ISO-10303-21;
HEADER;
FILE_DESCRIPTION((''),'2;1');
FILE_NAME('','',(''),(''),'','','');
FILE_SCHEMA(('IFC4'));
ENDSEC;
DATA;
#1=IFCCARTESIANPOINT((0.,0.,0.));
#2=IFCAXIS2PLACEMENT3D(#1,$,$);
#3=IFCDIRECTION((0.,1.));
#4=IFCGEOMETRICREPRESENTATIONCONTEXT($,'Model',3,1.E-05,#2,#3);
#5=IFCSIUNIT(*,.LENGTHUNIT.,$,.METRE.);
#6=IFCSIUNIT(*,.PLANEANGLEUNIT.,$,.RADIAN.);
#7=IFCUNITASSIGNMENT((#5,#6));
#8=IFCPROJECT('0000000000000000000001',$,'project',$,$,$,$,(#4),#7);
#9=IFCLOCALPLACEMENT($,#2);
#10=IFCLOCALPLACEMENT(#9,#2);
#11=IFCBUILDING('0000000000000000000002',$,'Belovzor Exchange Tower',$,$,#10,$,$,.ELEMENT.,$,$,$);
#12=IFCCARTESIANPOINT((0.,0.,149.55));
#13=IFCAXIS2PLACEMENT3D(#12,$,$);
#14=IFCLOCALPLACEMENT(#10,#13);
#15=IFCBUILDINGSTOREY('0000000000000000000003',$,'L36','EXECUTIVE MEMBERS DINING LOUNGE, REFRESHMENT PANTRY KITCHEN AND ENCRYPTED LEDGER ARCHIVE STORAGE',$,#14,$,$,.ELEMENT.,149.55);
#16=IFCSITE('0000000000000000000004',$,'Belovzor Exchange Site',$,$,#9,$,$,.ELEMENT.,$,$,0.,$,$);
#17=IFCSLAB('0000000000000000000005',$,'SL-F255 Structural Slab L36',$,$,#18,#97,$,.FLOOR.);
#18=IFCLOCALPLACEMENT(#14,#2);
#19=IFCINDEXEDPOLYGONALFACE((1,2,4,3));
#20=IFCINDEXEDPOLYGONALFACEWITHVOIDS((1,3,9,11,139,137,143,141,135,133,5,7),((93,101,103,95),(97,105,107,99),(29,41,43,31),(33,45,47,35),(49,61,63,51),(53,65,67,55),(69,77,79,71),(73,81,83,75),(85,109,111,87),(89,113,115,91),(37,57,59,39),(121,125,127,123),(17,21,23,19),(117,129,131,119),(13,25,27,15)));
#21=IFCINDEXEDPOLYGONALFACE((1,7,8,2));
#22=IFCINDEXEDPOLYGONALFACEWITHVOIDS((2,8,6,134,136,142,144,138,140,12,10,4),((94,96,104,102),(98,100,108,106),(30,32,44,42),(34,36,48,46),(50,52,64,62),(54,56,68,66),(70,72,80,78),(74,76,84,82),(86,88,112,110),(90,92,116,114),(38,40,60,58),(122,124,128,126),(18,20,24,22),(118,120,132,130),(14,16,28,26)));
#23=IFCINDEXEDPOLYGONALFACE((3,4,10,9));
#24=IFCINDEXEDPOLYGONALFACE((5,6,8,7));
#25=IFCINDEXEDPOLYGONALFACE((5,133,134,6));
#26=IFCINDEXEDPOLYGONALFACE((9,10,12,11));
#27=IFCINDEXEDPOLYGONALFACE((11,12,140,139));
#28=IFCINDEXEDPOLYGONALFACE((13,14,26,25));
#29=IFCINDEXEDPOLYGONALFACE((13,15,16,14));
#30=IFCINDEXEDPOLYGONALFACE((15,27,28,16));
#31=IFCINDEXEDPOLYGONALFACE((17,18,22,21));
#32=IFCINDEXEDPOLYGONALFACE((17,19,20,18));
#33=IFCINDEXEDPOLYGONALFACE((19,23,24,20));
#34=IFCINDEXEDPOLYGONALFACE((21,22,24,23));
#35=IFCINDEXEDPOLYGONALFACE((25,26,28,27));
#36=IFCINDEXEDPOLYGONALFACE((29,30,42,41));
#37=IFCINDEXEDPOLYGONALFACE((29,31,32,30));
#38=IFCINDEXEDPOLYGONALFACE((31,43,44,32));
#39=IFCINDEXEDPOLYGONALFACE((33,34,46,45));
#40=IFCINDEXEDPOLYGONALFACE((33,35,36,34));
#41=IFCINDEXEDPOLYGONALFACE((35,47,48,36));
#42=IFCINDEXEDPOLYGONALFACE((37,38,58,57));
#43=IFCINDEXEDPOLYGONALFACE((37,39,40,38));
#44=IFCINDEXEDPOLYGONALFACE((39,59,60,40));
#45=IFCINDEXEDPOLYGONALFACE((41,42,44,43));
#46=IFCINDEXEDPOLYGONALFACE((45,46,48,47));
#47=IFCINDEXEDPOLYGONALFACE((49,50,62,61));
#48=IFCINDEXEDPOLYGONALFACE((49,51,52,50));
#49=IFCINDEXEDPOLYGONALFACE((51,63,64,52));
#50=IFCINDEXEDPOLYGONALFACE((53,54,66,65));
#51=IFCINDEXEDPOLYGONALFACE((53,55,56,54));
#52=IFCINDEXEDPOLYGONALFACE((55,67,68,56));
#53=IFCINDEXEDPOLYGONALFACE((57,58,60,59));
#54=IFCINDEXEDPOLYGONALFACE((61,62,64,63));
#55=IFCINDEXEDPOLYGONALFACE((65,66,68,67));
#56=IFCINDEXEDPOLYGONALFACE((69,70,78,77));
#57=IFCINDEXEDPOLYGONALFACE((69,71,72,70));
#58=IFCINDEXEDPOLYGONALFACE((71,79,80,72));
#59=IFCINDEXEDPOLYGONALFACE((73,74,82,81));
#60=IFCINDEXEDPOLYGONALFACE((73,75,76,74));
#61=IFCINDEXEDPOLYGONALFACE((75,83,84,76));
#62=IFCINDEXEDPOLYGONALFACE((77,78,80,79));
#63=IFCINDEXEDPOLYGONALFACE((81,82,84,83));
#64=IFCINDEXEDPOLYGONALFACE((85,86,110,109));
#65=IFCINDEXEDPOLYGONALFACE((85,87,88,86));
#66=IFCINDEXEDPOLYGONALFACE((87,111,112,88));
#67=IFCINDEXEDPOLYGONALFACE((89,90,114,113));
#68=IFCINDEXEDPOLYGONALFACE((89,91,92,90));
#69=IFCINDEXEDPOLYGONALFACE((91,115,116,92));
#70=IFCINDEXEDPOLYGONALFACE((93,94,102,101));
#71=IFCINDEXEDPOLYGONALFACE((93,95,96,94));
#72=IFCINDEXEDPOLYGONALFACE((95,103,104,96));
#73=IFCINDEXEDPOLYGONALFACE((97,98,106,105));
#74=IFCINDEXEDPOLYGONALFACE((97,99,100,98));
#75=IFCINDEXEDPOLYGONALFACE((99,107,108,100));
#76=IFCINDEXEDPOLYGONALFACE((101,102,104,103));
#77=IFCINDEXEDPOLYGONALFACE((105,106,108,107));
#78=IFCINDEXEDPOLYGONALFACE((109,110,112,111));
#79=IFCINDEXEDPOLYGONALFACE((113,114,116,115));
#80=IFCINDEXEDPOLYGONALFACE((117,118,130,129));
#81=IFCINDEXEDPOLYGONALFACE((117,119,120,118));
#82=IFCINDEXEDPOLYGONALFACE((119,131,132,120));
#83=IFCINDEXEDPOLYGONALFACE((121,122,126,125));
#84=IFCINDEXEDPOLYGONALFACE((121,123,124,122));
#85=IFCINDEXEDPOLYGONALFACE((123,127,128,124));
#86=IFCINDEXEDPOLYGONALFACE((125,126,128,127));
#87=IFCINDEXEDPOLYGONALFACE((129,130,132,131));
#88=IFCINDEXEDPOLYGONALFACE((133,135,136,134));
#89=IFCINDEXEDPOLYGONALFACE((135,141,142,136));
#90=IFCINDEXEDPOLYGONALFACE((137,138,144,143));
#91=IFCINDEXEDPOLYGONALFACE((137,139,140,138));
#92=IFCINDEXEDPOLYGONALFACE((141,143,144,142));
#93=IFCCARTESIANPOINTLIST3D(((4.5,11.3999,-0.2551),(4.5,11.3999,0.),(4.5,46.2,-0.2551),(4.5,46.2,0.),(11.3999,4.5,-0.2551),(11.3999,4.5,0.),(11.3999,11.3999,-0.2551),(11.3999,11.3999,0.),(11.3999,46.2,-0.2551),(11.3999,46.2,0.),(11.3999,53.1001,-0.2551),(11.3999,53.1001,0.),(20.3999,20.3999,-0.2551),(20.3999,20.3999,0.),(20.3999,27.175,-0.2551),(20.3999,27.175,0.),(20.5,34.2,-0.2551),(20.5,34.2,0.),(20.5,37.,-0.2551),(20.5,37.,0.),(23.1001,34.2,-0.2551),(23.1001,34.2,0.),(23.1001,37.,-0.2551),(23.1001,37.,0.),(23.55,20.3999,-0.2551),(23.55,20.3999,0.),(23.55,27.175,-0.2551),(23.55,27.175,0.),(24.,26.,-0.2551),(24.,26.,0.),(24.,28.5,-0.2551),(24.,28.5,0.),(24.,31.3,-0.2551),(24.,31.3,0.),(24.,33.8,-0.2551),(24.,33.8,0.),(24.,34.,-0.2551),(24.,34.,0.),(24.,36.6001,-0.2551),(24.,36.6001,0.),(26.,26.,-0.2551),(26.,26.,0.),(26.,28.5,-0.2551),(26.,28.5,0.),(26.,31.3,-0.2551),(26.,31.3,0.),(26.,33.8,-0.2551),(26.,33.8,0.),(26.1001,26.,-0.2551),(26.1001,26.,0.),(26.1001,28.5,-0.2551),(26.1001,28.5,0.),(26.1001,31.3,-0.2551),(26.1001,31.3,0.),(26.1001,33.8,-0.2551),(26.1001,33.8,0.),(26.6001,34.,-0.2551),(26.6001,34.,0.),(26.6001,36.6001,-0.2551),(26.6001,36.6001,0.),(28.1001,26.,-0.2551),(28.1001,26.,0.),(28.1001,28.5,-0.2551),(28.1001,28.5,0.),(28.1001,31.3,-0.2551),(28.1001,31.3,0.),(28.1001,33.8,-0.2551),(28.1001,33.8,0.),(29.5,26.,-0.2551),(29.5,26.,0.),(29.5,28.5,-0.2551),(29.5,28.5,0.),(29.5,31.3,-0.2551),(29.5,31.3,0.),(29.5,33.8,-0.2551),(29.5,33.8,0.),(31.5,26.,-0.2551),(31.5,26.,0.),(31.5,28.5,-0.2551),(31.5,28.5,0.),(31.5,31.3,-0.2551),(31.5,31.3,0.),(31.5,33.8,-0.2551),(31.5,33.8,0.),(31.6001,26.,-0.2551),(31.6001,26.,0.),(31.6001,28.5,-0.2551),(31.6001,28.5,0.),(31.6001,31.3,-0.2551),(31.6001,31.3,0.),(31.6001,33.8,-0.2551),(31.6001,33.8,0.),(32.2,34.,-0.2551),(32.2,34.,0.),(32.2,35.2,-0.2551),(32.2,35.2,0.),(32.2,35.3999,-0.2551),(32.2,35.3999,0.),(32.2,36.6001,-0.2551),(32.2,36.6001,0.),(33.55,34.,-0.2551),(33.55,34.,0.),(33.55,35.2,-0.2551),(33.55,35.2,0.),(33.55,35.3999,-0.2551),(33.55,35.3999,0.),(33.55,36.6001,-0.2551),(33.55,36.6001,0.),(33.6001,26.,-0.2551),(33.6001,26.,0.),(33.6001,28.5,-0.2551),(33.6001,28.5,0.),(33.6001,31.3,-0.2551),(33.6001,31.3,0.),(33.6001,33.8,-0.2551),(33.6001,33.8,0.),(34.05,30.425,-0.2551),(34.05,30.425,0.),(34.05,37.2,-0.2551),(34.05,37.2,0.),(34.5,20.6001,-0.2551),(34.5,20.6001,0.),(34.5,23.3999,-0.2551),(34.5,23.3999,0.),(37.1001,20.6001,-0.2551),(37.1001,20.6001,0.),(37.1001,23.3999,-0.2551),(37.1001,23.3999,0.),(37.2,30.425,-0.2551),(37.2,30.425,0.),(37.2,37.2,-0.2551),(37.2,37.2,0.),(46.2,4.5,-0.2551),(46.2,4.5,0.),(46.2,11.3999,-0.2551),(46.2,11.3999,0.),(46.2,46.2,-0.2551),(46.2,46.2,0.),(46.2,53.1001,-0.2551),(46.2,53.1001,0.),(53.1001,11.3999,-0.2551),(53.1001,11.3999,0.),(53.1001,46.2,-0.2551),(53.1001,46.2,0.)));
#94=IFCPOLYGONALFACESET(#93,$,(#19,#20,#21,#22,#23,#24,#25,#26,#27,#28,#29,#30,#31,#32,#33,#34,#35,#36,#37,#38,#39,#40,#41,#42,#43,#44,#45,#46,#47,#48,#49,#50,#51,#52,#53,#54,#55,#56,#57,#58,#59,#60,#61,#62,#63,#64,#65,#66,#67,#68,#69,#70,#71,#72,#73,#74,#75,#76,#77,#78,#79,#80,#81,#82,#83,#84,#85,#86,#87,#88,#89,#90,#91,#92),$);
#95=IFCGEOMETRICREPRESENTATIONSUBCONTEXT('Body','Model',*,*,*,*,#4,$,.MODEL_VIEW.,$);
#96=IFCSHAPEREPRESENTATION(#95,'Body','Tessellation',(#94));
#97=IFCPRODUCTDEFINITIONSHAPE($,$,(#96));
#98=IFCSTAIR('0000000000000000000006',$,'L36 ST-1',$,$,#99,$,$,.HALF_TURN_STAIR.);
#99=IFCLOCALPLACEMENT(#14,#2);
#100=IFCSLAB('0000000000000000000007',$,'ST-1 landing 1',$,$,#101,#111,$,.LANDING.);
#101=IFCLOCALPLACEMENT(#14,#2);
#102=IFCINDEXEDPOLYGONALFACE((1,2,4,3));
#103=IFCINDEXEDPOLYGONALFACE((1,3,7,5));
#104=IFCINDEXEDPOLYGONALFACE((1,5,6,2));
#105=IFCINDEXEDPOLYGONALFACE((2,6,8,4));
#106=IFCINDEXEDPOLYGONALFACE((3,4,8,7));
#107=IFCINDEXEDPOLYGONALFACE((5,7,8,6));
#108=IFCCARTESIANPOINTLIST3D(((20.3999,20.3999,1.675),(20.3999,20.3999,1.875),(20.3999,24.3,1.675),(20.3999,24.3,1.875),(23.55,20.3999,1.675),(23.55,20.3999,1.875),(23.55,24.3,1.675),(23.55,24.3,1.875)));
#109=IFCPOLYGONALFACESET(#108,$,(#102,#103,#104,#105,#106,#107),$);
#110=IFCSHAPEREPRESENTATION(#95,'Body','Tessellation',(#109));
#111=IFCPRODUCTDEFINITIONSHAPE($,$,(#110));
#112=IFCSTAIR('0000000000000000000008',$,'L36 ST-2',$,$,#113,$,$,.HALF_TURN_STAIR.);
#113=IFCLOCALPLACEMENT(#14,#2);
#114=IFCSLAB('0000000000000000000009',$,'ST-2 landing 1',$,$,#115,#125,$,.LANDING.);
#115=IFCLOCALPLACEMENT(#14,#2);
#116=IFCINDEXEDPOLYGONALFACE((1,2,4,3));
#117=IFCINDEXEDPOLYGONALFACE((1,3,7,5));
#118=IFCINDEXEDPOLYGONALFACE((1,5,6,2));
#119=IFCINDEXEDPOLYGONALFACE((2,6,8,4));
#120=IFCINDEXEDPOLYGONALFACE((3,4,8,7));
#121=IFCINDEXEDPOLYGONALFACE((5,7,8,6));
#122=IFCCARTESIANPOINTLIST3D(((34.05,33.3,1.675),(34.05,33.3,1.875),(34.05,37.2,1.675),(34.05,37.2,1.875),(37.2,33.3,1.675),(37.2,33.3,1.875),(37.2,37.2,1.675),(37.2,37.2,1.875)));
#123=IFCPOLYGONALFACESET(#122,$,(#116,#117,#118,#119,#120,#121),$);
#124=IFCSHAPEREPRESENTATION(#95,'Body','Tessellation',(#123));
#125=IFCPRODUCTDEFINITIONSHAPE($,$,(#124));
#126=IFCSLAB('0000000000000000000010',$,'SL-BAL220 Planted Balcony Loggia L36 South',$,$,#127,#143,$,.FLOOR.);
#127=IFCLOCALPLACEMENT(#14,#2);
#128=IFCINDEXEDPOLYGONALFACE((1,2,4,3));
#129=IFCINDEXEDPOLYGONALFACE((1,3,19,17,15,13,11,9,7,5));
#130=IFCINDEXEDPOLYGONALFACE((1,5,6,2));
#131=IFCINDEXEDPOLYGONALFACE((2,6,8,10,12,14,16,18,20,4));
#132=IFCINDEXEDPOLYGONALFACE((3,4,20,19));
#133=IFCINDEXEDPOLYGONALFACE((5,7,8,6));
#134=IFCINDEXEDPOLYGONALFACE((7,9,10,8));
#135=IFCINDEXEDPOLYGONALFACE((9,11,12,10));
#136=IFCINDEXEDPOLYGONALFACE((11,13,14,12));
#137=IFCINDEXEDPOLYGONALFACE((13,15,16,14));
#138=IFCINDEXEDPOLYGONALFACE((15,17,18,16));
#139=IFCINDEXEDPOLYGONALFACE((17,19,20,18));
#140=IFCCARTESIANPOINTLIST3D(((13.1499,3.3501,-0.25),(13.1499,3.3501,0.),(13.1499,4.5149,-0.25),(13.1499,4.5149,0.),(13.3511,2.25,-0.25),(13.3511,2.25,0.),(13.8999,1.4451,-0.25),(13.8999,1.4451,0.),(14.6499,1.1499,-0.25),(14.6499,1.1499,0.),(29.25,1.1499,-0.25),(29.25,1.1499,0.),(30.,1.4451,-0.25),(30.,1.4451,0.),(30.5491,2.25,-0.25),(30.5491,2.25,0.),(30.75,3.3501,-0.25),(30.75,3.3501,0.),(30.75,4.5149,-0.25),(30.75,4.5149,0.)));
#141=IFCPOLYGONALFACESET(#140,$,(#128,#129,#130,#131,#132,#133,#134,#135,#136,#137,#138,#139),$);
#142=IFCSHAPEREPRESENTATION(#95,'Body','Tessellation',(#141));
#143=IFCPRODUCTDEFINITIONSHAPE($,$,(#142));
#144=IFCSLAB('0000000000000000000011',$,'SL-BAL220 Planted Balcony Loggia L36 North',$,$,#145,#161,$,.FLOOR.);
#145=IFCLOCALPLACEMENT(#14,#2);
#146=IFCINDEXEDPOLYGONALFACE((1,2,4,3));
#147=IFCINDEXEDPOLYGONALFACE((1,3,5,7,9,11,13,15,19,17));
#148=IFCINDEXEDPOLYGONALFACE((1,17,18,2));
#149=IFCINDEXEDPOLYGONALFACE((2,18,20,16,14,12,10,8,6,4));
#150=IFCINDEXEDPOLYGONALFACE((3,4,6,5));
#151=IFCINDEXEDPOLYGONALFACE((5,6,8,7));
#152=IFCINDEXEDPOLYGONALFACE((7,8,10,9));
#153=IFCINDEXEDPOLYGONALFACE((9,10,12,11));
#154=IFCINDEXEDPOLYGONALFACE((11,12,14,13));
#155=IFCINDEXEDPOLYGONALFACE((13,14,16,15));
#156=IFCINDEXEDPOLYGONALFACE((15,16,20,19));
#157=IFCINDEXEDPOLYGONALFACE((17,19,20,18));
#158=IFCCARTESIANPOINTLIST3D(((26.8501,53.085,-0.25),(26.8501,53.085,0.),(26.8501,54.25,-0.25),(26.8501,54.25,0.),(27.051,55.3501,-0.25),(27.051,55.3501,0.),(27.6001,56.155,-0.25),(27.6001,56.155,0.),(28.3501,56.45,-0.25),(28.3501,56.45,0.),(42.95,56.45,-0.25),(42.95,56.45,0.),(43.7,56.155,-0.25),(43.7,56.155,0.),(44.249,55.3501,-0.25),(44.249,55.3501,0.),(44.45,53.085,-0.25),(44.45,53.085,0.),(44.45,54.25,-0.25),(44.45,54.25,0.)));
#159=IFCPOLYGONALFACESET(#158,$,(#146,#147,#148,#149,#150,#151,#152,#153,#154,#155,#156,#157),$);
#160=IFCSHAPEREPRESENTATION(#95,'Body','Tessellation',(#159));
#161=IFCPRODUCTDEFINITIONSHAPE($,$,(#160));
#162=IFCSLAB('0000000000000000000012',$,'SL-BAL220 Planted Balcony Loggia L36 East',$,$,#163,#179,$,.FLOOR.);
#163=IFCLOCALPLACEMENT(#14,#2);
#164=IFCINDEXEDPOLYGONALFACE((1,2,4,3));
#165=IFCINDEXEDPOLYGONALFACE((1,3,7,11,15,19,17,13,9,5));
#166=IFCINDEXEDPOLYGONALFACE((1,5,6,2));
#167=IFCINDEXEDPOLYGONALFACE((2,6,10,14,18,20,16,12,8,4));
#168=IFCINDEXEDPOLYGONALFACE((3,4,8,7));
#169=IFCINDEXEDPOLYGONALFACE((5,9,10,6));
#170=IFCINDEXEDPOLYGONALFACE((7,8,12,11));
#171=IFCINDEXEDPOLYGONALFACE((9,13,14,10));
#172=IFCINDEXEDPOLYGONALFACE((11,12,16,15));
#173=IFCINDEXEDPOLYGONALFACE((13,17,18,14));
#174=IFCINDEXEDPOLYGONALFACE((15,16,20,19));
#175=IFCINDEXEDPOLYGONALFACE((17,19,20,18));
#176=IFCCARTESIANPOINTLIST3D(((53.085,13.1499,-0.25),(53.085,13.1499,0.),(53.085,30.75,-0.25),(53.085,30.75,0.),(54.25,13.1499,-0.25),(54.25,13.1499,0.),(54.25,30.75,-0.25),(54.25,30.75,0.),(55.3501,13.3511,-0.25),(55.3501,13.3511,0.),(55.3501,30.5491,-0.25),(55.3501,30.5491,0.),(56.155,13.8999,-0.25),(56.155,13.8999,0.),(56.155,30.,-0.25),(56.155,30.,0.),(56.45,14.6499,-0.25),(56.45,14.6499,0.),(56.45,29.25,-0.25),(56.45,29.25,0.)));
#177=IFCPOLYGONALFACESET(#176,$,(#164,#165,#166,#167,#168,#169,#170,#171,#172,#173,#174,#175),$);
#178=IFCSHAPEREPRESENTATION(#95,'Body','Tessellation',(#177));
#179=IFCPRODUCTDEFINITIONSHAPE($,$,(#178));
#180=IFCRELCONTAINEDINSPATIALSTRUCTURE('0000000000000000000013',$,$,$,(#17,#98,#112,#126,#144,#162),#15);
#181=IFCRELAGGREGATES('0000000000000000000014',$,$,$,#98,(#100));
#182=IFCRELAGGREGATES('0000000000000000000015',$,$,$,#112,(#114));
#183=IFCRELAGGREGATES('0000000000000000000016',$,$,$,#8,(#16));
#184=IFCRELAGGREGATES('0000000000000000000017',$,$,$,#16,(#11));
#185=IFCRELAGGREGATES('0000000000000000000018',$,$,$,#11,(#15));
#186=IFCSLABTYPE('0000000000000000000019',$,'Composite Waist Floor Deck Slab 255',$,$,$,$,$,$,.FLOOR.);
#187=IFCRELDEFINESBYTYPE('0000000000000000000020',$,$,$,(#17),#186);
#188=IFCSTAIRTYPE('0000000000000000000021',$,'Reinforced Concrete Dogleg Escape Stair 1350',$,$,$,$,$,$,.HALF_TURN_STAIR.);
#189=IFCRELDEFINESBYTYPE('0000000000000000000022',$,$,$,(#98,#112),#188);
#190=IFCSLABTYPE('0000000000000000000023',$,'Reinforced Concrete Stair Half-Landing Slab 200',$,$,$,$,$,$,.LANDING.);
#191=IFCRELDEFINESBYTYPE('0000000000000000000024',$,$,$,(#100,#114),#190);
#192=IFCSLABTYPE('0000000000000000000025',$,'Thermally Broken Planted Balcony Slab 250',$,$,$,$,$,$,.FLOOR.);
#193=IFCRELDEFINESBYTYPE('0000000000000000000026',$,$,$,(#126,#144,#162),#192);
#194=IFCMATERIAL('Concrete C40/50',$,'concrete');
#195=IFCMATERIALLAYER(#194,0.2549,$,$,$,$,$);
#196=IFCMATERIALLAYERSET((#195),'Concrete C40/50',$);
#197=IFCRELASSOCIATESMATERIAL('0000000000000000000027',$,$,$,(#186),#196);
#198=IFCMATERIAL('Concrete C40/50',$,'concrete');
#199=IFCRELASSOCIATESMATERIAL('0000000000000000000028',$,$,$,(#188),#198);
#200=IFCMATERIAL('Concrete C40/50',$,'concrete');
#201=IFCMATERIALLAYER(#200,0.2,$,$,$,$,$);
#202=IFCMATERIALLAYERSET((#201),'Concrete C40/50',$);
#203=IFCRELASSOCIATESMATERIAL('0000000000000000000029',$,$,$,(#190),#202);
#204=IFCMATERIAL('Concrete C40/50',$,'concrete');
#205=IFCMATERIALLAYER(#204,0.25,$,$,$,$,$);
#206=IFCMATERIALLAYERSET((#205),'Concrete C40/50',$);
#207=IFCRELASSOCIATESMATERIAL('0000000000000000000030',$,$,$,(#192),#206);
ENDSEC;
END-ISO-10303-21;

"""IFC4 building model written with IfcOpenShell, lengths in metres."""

from ifc_helpers import new_model, si_unit, direction, frame, origin, place, context, subcontext, project, spatial, polyline, outline, extrude, material, layer, layer_set, type_object, element, aggregate, save


model = new_model("IFC4")

# Units and contexts
model_context = context("Model", 3, precision=1e-05, world=origin(), true_north=direction((0.0, 1.0)))
body_context = subcontext(model_context, "Body", "Model", "MODEL_VIEW")
ifc_project = project(units=[si_unit("LENGTHUNIT", "METRE"), si_unit("PLANEANGLEUNIT", "RADIAN")], contexts=[model_context])

# Site, building, storey
site_placement = place(None, origin())
site = spatial("IfcSite", under=ifc_project, at=site_placement, Name="Belovzor Exchange Site", CompositionType="ELEMENT", RefElevation=0.0)
building_placement = place(site_placement, origin())
building = spatial("IfcBuilding", under=site, at=building_placement, Name="Belovzor Exchange Tower", CompositionType="ELEMENT")
storey_placement = place(building_placement, frame((0.0, 0.0, 149.55)))
storey = spatial("IfcBuildingStorey", under=building, at=storey_placement, Name="L36", Description="EXECUTIVE MEMBERS DINING LOUNGE, REFRESHMENT PANTRY KITCHEN AND ENCRYPTED LEDGER ARCHIVE STORAGE", CompositionType="ELEMENT", Elevation=149.55)

# Slab
ifc_material_1 = material(Name="Concrete C40/50", Category="concrete")
ifc_layer_1 = layer(ifc_material_1, 0.2549)
ifc_layer_set_1 = layer_set([ifc_layer_1], Name="Concrete C40/50")
slab_type_1 = type_object("IfcSlabType", Name="Composite Waist Floor Deck Slab 255", PredefinedType="FLOOR", material=ifc_layer_set_1)
slab_1_placement = place(storey_placement, frame((0.0, 0.0, -0.2551)))
element("IfcSlab", 1, at=slab_1_placement, inside=storey, type_object=slab_type_1, Name="SL-F255 Structural Slab L36", PredefinedType="FLOOR", context=body_context, shape_type="SweptSolid", body=[
    extrude(outline(polyline([(11.3999, 4.5), (46.2, 4.5), (46.2, 11.3999), (53.1001, 11.3999), (53.1001, 46.2), (46.2, 46.2), (46.2, 53.1001), (11.3999, 53.1001), (11.3999, 46.2), (4.5, 46.2), (4.5, 11.3999), (11.3999, 11.3999), (11.3999, 4.5)]), holes=[polyline([(20.3999, 27.175), (20.3999, 20.3999), (23.55, 20.3999), (23.55, 27.175), (20.3999, 27.175)]), polyline([(37.2, 30.425), (37.2, 37.2), (34.05, 37.2), (34.05, 30.425), (37.2, 30.425)]), polyline([(20.5, 34.2), (23.1001, 34.2), (23.1001, 37.0), (20.5, 37.0), (20.5, 34.2)]), polyline([(34.5, 20.6001), (37.1001, 20.6001), (37.1001, 23.3999), (34.5, 23.3999), (34.5, 20.6001)]), polyline([(24.0, 34.0), (26.6001, 34.0), (26.6001, 36.6001), (24.0, 36.6001), (24.0, 34.0)]), polyline([(24.0, 26.0), (26.0, 26.0), (26.0, 28.5), (24.0, 28.5), (24.0, 26.0)]), polyline([(26.1001, 26.0), (28.1001, 26.0), (28.1001, 28.5), (26.1001, 28.5), (26.1001, 26.0)]), polyline([(29.5, 26.0), (31.5, 26.0), (31.5, 28.5), (29.5, 28.5), (29.5, 26.0)]), polyline([(31.6001, 26.0), (33.6001, 26.0), (33.6001, 28.5), (31.6001, 28.5), (31.6001, 26.0)]), polyline([(24.0, 31.3), (26.0, 31.3), (26.0, 33.8), (24.0, 33.8), (24.0, 31.3)]), polyline([(26.1001, 31.3), (28.1001, 31.3), (28.1001, 33.8), (26.1001, 33.8), (26.1001, 31.3)]), polyline([(29.5, 31.3), (31.5, 31.3), (31.5, 33.8), (29.5, 33.8), (29.5, 31.3)]), polyline([(31.6001, 31.3), (33.6001, 31.3), (33.6001, 33.8), (31.6001, 33.8), (31.6001, 31.3)]), polyline([(32.2, 34.0), (33.55, 34.0), (33.55, 35.2), (32.2, 35.2), (32.2, 34.0)]), polyline([(32.2, 35.3999), (33.55, 35.3999), (33.55, 36.6001), (32.2, 36.6001), (32.2, 35.3999)])]), origin(), (0.0, 0.0, 1.0), 0.2551),
])

# Stairs, slabs
ifc_material_2 = material(Name="Concrete C40/50", Category="concrete")
stair_type = type_object("IfcStairType", Name="Reinforced Concrete Dogleg Escape Stair 1350", PredefinedType="HALF_TURN_STAIR", material=ifc_material_2)
stair_1_placement = place(storey_placement, origin())
stair_1 = element("IfcStair", 2, at=stair_1_placement, inside=storey, type_object=stair_type, Name="L36 ST-1", PredefinedType="HALF_TURN_STAIR")
ifc_material_3 = material(Name="Concrete C40/50", Category="concrete")
ifc_layer_2 = layer(ifc_material_3, 0.2)
ifc_layer_set_2 = layer_set([ifc_layer_2], Name="Concrete C40/50")
slab_type_2 = type_object("IfcSlabType", Name="Reinforced Concrete Stair Half-Landing Slab 200", PredefinedType="LANDING", material=ifc_layer_set_2)
slab_2_placement = place(storey_placement, frame((0.0, 0.0, 1.675)))
slab_2 = element("IfcSlab", 3, at=slab_2_placement, type_object=slab_type_2, Name="ST-1 landing 1", PredefinedType="LANDING", context=body_context, shape_type="SweptSolid", body=[
    extrude(outline(polyline([(20.3999, 24.3), (20.3999, 20.3999), (23.55, 20.3999), (23.55, 24.3), (20.3999, 24.3)])), origin(), (0.0, 0.0, 1.0), 0.2),
])
aggregate(stair_1, [slab_2])
stair_2_placement = place(storey_placement, origin())
stair_2 = element("IfcStair", 4, at=stair_2_placement, inside=storey, type_object=stair_type, Name="L36 ST-2", PredefinedType="HALF_TURN_STAIR")
slab_3_placement = place(storey_placement, frame((0.0, 0.0, 1.675)))
slab_3 = element("IfcSlab", 5, at=slab_3_placement, type_object=slab_type_2, Name="ST-2 landing 1", PredefinedType="LANDING", context=body_context, shape_type="SweptSolid", body=[
    extrude(outline(polyline([(37.2, 33.3), (37.2, 37.2), (34.05, 37.2), (34.05, 33.3), (37.2, 33.3)])), origin(), (0.0, 0.0, 1.0), 0.2),
])
aggregate(stair_2, [slab_3])

# Slabs
ifc_material_4 = material(Name="Concrete C40/50", Category="concrete")
ifc_layer_3 = layer(ifc_material_4, 0.25)
ifc_layer_set_3 = layer_set([ifc_layer_3], Name="Concrete C40/50")
slab_type_3 = type_object("IfcSlabType", Name="Thermally Broken Planted Balcony Slab 250", PredefinedType="FLOOR", material=ifc_layer_set_3)
slab_4_placement = place(storey_placement, frame((0.0, 0.0, -0.25)))
element("IfcSlab", 6, at=slab_4_placement, inside=storey, type_object=slab_type_3, Name="SL-BAL220 Planted Balcony Loggia L36 South", PredefinedType="FLOOR", context=body_context, shape_type="SweptSolid", body=[
    extrude(outline(polyline([(13.1499, 4.5149), (13.1499, 3.3501), (13.3511, 2.25), (13.8999, 1.4451), (14.6499, 1.1499), (29.25, 1.1499), (30.0, 1.4451), (30.5491, 2.25), (30.75, 3.3501), (30.75, 4.5149), (13.1499, 4.5149)])), origin(), (0.0, 0.0, 1.0), 0.25),
])
slab_5_placement = place(storey_placement, frame((0.0, 0.0, -0.25)))
element("IfcSlab", 7, at=slab_5_placement, inside=storey, type_object=slab_type_3, Name="SL-BAL220 Planted Balcony Loggia L36 North", PredefinedType="FLOOR", context=body_context, shape_type="SweptSolid", body=[
    extrude(outline(polyline([(44.45, 53.085), (44.45, 54.25), (44.249, 55.3501), (43.7, 56.155), (42.95, 56.45), (28.3501, 56.45), (27.6001, 56.155), (27.051, 55.3501), (26.8501, 54.25), (26.8501, 53.085), (44.45, 53.085)])), origin(), (0.0, 0.0, 1.0), 0.25),
])
slab_6_placement = place(storey_placement, frame((0.0, 0.0, -0.25)))
element("IfcSlab", 8, at=slab_6_placement, inside=storey, type_object=slab_type_3, Name="SL-BAL220 Planted Balcony Loggia L36 East", PredefinedType="FLOOR", context=body_context, shape_type="SweptSolid", body=[
    extrude(outline(polyline([(53.085, 13.1499), (54.25, 13.1499), (55.3501, 13.3511), (56.155, 13.8999), (56.45, 14.6499), (56.45, 29.25), (56.155, 30.0), (55.3501, 30.5491), (54.25, 30.75), (53.085, 30.75), (53.085, 13.1499)])), origin(), (0.0, 0.0, 1.0), 0.25),
])

save(model, "model.ifc")
